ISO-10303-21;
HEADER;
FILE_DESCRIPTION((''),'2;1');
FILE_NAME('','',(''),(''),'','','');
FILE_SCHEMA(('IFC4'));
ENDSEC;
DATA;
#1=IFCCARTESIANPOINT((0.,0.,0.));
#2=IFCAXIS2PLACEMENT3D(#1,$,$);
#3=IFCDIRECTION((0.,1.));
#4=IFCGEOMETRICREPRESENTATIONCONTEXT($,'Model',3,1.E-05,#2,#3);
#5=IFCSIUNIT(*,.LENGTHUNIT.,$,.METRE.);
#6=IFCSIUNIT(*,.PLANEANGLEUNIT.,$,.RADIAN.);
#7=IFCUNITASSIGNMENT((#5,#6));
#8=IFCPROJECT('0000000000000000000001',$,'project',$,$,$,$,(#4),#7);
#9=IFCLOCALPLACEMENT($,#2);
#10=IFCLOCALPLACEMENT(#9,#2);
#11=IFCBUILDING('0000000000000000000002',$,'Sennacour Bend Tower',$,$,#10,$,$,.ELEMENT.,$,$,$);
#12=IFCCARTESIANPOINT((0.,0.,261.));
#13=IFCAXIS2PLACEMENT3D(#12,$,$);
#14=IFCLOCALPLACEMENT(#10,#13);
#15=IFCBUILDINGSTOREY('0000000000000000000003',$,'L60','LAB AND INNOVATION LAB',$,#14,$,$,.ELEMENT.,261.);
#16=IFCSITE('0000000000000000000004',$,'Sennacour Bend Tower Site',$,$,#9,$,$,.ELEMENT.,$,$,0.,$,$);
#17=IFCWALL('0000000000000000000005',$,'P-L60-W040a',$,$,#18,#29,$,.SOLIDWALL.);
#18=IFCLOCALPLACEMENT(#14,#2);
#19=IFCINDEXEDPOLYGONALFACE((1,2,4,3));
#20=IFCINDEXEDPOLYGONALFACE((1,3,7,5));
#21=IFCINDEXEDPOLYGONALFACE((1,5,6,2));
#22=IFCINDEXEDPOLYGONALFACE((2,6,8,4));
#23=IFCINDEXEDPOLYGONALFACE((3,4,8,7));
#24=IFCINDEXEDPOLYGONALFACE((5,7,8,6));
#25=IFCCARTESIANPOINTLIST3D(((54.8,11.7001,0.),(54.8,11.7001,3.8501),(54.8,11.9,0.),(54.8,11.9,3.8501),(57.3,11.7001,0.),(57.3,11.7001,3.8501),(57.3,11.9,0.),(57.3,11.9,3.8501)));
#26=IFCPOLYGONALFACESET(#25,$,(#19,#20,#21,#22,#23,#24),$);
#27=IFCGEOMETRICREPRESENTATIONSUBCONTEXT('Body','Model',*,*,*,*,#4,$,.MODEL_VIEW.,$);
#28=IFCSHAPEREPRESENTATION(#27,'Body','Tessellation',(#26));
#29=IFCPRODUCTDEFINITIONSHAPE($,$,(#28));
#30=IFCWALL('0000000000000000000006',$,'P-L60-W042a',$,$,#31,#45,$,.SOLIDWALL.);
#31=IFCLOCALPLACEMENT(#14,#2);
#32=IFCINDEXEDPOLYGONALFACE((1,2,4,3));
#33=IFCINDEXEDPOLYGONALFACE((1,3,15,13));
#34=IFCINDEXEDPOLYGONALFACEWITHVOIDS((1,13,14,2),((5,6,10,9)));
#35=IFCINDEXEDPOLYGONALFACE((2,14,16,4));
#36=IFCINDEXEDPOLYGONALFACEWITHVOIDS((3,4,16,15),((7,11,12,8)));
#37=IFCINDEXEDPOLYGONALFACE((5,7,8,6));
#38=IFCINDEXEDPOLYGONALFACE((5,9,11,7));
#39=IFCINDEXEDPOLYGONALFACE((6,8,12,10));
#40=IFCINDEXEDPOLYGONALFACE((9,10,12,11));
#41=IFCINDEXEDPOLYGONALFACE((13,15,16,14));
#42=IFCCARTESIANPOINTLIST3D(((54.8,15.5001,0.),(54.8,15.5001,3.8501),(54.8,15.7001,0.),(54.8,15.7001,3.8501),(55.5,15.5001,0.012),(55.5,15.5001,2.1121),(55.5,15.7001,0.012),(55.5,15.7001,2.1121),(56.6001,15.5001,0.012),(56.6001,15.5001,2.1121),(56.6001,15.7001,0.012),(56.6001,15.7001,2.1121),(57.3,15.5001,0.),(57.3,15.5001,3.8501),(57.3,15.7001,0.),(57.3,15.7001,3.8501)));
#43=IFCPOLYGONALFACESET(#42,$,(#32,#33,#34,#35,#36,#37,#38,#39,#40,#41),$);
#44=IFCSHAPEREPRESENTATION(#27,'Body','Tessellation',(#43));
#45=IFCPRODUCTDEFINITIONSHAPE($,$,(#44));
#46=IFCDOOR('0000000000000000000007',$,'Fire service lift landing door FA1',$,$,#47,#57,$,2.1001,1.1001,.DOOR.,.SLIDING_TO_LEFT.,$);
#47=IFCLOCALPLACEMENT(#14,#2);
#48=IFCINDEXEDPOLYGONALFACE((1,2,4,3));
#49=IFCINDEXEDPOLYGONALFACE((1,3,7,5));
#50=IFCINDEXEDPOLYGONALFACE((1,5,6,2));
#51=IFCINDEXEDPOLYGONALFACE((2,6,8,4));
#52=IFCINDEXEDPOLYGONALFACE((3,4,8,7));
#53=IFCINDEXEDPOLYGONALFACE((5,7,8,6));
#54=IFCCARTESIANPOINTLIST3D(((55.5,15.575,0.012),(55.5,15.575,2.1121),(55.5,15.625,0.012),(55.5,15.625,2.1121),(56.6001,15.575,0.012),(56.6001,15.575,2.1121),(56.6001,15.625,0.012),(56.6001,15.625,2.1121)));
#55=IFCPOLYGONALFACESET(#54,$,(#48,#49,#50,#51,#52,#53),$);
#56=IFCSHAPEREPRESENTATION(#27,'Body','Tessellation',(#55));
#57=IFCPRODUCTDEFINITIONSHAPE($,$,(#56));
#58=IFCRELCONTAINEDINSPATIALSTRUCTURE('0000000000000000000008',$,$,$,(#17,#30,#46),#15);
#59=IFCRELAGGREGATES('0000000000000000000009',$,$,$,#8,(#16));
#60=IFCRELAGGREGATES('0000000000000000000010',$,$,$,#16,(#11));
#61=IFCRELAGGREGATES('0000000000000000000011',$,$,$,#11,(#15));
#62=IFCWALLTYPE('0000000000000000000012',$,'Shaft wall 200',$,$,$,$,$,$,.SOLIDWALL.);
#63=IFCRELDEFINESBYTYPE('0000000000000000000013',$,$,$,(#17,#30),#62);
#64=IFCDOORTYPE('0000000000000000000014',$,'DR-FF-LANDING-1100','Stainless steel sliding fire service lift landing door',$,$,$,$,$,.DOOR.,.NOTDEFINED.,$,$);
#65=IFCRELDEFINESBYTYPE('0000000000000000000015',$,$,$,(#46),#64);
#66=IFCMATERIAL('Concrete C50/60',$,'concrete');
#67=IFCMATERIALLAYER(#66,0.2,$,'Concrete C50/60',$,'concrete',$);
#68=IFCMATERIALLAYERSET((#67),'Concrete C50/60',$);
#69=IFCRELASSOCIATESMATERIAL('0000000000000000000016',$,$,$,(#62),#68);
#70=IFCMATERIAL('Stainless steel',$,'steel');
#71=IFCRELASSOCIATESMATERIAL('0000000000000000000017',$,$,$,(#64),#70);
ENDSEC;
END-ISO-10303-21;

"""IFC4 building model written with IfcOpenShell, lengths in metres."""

from ifc_helpers import new_model, si_unit, direction, frame, frame_2d, origin, place, context, subcontext, project, spatial, rectangle, extrude, material, layer, layer_set, type_object, element, fill, save


model = new_model("IFC4")

# Units and contexts
model_context = context("Model", 3, precision=1e-05, world=origin(), true_north=direction((0.0, 1.0)))
body_context = subcontext(model_context, "Body", "Model", "MODEL_VIEW")
ifc_project = project(units=[si_unit("LENGTHUNIT", "METRE"), si_unit("PLANEANGLEUNIT", "RADIAN")], contexts=[model_context])

# Site, building, storey
site_placement = place(None, origin())
site = spatial("IfcSite", under=ifc_project, at=site_placement, Name="Sennacour Bend Tower Site", CompositionType="ELEMENT", RefElevation=0.0)
building_placement = place(site_placement, origin())
building = spatial("IfcBuilding", under=site, at=building_placement, Name="Sennacour Bend Tower", CompositionType="ELEMENT")
storey_placement = place(building_placement, frame((0.0, 0.0, 261.0)))
storey = spatial("IfcBuildingStorey", under=building, at=storey_placement, Name="L60", Description="LAB AND INNOVATION LAB", CompositionType="ELEMENT", Elevation=261.0)

# Shared definitions
ifc_material_1 = material(Name="Concrete C50/60", Category="concrete")

# Wall
ifc_layer_1 = layer(ifc_material_1, 0.2, Name="Concrete C50/60", Category="concrete")
ifc_layer_set_1 = layer_set([ifc_layer_1], Name="Concrete C50/60")
wall_type_1 = type_object("IfcWallType", Name="Shaft wall 200", PredefinedType="SOLIDWALL", material=ifc_layer_set_1)
wall_1_placement = place(storey_placement, frame((54.8, 11.8, 0.0), z_axis=(0.0, 0.0, 1.0), x_axis=(1.0, 0.0, 0.0)))
element("IfcWall", 1, at=wall_1_placement, inside=storey, type_object=wall_type_1, Name="P-L60-W040a", PredefinedType="SOLIDWALL", context=body_context, shape_type="SweptSolid", body=[
    extrude(rectangle(XDim=2.5, YDim=0.2, at=frame_2d((1.25, 0.0))), origin(), (0.0, 0.0, 1.0), 3.8501),
])

# Wall, opening, door
wall_2_placement = place(storey_placement, frame((54.8, 15.6001, 0.0), z_axis=(0.0, 0.0, 1.0), x_axis=(1.0, 0.0, 0.0)))
wall_2 = element("IfcWall", 2, at=wall_2_placement, inside=storey, type_object=wall_type_1, Name="P-L60-W042a", PredefinedType="SOLIDWALL", context=body_context, shape_type="SweptSolid", body=[
    extrude(rectangle(XDim=2.5, YDim=0.2, at=frame_2d((1.25, 0.0))), origin(), (0.0, 0.0, 1.0), 3.8501),
])
opening_1_placement = place(wall_2_placement, frame((0.7, 0.0, 0.012)))
opening_1 = element("IfcOpeningElement", 3, at=opening_1_placement, cuts=wall_2, PredefinedType="OPENING", context=body_context, shape_type="SweptSolid", body=[
    extrude(rectangle(XDim=1.1001, YDim=2.1001, at=frame_2d((0.55, 1.05))), frame((0.0, 0.1099, 0.0), z_axis=(0.0, -1.0, 0.0), x_axis=(1.0, 0.0, 0.0)), (0.0, 0.0, 1.0), 0.22),
])
ifc_material_2 = material(Name="Stainless steel", Category="steel")
door_type = type_object("IfcDoorType", Name="DR-FF-LANDING-1100", Description="Stainless steel sliding fire service lift landing door", OperationType="NOTDEFINED", PredefinedType="DOOR", material=ifc_material_2)
door_placement = place(opening_1_placement, origin())
door = element("IfcDoor", 4, at=door_placement, inside=storey, type_object=door_type, Name="Fire service lift landing door FA1", OperationType="SLIDING_TO_LEFT", OverallHeight=2.1001, OverallWidth=1.1001, PredefinedType="DOOR", context=body_context, shape_type="SweptSolid", body=[
    extrude(rectangle(XDim=1.1001, YDim=2.1001, at=frame_2d((0.55, 1.05))), frame((0.0, 0.0249, 0.0), z_axis=(0.0, -1.0, 0.0), x_axis=(1.0, 0.0, 0.0)), (0.0, 0.0, 1.0), 0.05),
])
fill(opening_1, door)

save(model, "model.ifc")
